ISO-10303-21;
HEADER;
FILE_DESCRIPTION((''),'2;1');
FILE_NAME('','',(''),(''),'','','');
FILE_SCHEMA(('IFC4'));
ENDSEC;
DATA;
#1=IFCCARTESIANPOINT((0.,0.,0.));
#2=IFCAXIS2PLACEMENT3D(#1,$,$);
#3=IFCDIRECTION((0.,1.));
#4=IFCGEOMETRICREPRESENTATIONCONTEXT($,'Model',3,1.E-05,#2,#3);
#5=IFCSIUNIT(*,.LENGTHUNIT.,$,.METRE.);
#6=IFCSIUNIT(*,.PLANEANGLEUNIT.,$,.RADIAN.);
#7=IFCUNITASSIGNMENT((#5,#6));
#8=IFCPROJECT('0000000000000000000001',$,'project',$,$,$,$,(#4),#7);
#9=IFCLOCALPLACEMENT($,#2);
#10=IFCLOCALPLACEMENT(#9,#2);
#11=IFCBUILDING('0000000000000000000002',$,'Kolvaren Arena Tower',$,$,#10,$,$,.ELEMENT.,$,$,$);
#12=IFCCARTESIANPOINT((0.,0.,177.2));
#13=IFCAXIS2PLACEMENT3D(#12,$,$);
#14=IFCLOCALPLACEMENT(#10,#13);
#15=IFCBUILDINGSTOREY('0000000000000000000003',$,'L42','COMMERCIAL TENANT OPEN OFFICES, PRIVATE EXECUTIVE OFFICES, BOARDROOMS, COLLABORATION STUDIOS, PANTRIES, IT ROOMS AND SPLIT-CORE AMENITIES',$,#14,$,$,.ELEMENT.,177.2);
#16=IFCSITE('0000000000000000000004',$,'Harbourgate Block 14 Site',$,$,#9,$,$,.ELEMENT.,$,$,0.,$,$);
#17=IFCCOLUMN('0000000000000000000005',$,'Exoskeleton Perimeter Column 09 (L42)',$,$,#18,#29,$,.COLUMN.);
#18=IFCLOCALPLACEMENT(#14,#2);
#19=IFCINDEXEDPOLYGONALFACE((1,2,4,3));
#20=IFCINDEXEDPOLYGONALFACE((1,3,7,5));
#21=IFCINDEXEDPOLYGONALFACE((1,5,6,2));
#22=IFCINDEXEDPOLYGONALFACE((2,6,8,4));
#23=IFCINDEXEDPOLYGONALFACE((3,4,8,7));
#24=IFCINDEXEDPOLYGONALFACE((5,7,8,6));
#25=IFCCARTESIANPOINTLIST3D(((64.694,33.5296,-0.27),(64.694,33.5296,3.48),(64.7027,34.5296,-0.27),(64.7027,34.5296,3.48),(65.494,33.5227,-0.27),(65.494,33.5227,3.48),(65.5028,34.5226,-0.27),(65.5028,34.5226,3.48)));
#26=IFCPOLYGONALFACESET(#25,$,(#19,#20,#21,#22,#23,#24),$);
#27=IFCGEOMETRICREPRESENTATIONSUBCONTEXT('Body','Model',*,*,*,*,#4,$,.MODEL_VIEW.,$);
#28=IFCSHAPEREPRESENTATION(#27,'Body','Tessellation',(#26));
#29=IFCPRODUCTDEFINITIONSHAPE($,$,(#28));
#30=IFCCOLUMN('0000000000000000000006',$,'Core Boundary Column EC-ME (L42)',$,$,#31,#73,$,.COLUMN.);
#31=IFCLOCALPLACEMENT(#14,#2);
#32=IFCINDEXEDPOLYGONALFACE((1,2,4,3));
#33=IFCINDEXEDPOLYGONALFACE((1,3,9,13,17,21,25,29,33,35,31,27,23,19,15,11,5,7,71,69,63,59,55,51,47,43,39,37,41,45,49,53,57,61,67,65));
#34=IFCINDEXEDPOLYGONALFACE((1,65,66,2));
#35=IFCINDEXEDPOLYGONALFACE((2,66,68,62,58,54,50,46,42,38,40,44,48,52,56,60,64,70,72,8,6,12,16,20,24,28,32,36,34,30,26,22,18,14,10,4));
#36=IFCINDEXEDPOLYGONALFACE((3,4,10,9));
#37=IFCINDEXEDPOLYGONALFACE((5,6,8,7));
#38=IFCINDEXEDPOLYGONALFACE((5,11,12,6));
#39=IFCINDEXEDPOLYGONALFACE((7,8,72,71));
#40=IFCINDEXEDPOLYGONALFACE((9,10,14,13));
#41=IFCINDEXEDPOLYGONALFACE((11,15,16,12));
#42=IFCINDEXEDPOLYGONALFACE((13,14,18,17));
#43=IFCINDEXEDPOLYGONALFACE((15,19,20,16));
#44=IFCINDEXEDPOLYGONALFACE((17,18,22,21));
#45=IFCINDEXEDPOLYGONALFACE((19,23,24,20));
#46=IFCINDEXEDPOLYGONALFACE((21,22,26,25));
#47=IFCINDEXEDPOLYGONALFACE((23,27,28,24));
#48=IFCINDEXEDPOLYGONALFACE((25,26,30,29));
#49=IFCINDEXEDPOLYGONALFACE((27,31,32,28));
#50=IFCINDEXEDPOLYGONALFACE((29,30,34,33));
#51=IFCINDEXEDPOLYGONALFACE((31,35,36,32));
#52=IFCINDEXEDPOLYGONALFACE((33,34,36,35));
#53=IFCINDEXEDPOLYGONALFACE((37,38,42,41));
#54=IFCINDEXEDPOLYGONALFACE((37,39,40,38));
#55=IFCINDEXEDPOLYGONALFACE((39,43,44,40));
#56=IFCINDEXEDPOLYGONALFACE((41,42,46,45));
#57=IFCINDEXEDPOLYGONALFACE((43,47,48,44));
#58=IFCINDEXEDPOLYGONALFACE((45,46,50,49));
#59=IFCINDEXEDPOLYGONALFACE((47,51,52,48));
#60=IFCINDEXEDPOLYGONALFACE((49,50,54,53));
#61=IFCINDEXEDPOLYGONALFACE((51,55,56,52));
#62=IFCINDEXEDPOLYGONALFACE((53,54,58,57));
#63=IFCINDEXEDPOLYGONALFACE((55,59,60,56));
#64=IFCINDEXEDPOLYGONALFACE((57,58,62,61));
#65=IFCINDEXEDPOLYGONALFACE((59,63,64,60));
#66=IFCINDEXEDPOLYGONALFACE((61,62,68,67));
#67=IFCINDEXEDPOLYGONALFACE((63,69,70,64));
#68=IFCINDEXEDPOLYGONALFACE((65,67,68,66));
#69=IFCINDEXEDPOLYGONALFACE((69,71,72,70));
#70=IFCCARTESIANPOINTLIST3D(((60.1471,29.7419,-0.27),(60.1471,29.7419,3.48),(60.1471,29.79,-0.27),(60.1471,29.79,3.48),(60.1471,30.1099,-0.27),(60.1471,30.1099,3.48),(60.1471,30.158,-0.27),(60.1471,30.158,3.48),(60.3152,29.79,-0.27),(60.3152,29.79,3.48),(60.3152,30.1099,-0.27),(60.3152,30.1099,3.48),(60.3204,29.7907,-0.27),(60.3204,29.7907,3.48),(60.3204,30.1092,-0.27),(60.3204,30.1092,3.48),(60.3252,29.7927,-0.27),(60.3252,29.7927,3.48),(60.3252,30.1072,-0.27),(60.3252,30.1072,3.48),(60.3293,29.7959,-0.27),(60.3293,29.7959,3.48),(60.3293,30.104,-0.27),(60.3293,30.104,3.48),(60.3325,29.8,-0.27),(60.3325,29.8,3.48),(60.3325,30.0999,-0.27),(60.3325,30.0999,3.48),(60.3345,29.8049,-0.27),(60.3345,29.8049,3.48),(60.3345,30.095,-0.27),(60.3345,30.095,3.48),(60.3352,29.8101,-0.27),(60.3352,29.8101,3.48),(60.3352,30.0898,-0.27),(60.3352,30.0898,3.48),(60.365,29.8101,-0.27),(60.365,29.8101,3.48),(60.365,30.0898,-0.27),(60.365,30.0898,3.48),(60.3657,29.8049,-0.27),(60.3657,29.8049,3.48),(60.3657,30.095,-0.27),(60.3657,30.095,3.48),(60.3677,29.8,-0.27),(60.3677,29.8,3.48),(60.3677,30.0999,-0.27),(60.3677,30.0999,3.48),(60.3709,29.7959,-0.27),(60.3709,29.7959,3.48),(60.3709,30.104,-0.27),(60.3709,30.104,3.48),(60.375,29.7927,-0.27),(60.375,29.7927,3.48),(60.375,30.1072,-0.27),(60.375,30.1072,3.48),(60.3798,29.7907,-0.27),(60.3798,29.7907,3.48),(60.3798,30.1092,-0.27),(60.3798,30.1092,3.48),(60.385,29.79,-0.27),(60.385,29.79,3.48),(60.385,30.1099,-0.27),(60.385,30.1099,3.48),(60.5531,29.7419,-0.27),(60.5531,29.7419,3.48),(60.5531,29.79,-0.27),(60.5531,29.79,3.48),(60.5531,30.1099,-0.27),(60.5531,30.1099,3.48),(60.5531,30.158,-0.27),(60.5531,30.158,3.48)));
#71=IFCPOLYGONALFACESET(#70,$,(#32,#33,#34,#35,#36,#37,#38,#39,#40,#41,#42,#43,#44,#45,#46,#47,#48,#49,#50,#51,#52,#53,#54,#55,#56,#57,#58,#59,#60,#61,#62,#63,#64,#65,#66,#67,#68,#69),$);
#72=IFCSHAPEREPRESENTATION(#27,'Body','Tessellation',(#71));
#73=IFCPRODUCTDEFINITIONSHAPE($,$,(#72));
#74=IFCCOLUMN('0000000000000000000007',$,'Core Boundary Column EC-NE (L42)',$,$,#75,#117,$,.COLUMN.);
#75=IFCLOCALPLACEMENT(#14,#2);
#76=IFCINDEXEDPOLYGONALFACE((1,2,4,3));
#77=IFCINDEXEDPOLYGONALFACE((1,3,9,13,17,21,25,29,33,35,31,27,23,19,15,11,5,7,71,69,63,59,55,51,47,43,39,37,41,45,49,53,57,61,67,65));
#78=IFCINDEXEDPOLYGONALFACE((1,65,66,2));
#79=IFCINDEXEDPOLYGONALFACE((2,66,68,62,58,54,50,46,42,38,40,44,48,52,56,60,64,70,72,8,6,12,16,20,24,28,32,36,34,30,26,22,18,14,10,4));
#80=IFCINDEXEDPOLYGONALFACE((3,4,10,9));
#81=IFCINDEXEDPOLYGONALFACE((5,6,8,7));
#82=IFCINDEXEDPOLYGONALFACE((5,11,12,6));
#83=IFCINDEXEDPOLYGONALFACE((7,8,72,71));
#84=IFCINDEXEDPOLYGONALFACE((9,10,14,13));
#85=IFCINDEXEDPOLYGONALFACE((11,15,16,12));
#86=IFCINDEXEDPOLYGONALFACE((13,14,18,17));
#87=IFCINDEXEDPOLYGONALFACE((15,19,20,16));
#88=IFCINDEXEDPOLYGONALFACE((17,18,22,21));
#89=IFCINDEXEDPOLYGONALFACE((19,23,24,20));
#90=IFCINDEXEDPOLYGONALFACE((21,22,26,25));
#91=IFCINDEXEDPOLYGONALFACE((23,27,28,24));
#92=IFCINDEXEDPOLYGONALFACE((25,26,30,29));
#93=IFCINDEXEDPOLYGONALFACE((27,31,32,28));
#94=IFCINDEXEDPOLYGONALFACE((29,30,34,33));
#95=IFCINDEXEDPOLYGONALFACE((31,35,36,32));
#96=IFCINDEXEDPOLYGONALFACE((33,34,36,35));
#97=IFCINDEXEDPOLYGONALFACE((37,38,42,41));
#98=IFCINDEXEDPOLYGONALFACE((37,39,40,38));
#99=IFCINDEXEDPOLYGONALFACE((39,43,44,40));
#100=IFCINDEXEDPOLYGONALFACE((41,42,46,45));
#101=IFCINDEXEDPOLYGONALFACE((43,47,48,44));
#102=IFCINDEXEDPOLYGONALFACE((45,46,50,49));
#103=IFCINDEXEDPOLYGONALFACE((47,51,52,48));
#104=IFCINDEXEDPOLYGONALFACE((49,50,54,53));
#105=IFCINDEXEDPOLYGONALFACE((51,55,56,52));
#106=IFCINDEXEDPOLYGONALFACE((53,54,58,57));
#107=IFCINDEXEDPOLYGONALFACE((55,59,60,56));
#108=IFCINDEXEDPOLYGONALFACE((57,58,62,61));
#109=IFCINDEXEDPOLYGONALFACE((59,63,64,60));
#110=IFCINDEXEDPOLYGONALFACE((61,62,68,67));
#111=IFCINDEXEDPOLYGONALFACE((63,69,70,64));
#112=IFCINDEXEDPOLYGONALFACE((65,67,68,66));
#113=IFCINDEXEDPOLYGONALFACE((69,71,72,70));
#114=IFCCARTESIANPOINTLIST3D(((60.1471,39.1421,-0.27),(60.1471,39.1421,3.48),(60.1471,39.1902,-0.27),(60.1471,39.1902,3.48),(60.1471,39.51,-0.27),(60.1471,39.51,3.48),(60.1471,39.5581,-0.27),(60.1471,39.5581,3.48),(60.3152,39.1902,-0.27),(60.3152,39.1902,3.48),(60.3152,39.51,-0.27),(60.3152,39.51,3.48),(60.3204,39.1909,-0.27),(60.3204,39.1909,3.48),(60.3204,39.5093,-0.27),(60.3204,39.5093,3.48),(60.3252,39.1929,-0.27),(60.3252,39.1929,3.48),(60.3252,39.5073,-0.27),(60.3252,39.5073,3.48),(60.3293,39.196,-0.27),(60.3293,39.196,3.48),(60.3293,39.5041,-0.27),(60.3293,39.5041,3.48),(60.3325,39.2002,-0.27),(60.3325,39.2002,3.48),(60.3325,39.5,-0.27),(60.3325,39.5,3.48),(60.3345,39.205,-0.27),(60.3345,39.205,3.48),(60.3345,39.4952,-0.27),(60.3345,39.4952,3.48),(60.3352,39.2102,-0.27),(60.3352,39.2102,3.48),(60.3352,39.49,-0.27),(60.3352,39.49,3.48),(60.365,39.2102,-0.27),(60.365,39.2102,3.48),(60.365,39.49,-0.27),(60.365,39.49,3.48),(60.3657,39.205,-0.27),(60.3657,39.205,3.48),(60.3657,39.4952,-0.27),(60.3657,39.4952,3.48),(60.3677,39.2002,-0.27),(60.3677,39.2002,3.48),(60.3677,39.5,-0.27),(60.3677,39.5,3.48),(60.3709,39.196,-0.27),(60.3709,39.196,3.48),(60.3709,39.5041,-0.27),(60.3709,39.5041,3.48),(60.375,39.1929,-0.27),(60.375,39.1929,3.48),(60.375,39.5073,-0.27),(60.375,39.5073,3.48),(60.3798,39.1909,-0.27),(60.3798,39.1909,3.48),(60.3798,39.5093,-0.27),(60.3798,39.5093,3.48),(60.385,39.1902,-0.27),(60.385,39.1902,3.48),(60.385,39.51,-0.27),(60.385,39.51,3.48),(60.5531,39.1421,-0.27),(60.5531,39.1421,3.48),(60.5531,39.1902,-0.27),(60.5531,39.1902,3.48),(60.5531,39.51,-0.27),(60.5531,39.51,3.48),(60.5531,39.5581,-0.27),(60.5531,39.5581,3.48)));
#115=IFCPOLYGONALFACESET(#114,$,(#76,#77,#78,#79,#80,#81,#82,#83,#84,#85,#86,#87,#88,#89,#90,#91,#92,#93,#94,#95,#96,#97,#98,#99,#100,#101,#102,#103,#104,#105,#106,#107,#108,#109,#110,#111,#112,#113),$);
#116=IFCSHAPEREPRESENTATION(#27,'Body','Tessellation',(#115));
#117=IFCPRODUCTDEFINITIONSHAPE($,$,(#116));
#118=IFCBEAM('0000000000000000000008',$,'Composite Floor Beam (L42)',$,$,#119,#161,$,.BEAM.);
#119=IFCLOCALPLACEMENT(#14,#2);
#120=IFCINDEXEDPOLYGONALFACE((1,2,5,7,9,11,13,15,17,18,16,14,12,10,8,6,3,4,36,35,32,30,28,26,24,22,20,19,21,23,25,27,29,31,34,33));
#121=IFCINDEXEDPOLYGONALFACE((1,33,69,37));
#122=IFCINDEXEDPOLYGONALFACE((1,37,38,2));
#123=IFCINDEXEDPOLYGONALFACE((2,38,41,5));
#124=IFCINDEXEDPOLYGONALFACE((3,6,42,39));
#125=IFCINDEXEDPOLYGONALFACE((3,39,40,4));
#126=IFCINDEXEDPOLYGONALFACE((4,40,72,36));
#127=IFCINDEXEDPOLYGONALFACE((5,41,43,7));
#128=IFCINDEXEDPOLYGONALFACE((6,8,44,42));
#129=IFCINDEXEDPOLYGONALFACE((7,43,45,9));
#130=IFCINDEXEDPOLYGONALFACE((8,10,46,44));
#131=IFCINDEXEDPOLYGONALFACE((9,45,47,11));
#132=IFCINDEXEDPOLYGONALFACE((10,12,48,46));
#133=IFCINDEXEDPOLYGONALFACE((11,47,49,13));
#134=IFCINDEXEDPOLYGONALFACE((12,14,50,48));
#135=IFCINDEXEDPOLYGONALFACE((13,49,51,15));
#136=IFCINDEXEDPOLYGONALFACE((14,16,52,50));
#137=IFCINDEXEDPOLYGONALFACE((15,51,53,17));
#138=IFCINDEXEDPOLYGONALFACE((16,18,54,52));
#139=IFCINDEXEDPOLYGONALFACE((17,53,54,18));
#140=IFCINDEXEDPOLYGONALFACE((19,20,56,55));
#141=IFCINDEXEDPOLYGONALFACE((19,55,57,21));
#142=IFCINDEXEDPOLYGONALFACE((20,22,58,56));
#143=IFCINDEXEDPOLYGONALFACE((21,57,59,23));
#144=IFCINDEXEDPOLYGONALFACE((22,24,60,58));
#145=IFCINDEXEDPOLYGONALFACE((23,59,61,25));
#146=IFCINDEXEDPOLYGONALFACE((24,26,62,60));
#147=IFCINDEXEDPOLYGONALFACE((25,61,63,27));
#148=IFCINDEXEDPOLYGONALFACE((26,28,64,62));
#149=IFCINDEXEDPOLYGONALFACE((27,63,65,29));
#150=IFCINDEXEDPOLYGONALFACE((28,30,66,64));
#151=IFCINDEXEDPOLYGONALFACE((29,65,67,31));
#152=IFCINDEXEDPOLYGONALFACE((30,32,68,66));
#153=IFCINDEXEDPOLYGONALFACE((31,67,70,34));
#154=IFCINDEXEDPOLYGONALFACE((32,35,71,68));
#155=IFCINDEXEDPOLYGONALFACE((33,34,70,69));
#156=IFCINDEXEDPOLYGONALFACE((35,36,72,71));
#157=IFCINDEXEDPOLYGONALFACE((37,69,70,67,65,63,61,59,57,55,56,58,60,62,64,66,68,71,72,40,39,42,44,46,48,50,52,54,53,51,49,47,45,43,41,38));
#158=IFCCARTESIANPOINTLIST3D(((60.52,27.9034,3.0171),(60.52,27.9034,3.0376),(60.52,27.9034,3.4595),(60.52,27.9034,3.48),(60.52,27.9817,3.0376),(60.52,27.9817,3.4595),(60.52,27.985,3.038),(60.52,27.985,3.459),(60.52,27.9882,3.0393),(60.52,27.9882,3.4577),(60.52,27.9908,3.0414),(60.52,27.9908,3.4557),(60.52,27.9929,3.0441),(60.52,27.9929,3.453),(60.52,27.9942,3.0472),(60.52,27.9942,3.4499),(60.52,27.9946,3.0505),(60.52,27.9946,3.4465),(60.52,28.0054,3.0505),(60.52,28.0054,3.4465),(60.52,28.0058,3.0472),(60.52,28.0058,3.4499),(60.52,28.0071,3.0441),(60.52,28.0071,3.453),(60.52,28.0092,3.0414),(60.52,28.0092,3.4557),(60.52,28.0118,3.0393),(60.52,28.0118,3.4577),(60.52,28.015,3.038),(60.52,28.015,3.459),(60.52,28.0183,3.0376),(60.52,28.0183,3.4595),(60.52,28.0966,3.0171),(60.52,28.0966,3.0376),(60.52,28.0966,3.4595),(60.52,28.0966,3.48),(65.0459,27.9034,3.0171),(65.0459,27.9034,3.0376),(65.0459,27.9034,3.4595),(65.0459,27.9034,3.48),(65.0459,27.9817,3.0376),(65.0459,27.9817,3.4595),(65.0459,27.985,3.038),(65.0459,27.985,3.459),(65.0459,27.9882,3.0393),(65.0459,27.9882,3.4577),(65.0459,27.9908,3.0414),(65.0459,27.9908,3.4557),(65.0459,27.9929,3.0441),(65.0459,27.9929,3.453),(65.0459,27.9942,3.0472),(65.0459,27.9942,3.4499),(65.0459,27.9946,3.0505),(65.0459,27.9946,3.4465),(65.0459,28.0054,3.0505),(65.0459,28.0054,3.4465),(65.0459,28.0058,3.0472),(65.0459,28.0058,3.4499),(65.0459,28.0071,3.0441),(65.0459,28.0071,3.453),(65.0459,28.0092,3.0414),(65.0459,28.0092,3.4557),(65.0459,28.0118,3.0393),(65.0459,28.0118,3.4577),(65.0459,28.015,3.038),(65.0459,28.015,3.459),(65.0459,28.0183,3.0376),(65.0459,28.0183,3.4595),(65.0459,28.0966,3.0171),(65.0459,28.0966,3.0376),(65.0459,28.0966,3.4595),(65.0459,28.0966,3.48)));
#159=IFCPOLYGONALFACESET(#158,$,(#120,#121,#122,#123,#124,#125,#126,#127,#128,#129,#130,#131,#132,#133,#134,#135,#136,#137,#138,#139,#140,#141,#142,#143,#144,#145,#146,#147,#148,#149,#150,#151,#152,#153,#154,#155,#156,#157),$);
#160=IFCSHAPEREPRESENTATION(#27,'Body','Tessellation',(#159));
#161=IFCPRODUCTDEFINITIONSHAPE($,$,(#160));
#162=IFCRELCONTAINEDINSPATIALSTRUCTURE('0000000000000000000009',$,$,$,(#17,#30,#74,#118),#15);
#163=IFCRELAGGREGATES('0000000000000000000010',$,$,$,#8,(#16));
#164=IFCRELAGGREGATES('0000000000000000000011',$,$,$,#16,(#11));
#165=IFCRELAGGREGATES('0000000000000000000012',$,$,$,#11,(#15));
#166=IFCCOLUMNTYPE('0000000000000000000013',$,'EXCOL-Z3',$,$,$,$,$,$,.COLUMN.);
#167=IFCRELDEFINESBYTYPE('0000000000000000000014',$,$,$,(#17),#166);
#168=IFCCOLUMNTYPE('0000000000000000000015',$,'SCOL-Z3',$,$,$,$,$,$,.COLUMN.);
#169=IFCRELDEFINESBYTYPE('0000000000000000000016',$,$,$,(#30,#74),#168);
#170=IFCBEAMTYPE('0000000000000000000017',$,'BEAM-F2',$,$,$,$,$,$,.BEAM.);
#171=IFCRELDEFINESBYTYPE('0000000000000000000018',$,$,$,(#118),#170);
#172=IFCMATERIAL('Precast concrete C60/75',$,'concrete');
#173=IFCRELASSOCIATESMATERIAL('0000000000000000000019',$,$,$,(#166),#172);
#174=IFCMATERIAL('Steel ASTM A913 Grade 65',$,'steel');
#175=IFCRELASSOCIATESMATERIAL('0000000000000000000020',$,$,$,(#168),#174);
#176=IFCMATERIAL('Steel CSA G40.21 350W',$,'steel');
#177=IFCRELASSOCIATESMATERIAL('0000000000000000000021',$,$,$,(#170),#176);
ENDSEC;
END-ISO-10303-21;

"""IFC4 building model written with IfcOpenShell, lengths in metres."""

from ifc_helpers import new_model, si_unit, direction, frame, origin, origin_2d, place, context, subcontext, project, spatial, rectangle, i_section, extrude, material, material_profile, profile_set, type_object, element, save


model = new_model("IFC4")

# Units and contexts
model_context = context("Model", 3, precision=1e-05, world=origin(), true_north=direction((0.0, 1.0)))
body_context = subcontext(model_context, "Body", "Model", "MODEL_VIEW")
ifc_project = project(units=[si_unit("LENGTHUNIT", "METRE"), si_unit("PLANEANGLEUNIT", "RADIAN")], contexts=[model_context])

# Site, building, storey
site_placement = place(None, origin())
site = spatial("IfcSite", under=ifc_project, at=site_placement, Name="Harbourgate Block 14 Site", CompositionType="ELEMENT", RefElevation=0.0)
building_placement = place(site_placement, origin())
building = spatial("IfcBuilding", under=site, at=building_placement, Name="Kolvaren Arena Tower", CompositionType="ELEMENT")
storey_placement = place(building_placement, frame((0.0, 0.0, 177.2)))
storey = spatial("IfcBuildingStorey", under=building, at=storey_placement, Name="L42", Description="COMMERCIAL TENANT OPEN OFFICES, PRIVATE EXECUTIVE OFFICES, BOARDROOMS, COLLABORATION STUDIOS, PANTRIES, IT ROOMS AND SPLIT-CORE AMENITIES", CompositionType="ELEMENT", Elevation=177.2)

# Columns
ifc_material_1 = material(Name="Precast concrete C60/75", Category="concrete")
ifc_material_profile_1 = material_profile(ifc_material_1, rectangle(XDim=1.0, YDim=0.8, at=origin_2d()), Name="RC-1000x800")
ifc_profile_set_1 = profile_set([ifc_material_profile_1], Name="Precast concrete C60/75")
column_type_1 = type_object("IfcColumnType", Name="EXCOL-Z3", PredefinedType="COLUMN", material=ifc_profile_set_1)
column_placement = place(storey_placement, frame((65.0984, 34.0261, -0.27), z_axis=(0.0, 0.0, 1.0), x_axis=(0.008727, 0.999962, 0.0)))
element("IfcColumn", 1, at=column_placement, inside=storey, type_object=column_type_1, Name="Exoskeleton Perimeter Column 09 (L42)", PredefinedType="COLUMN", context=body_context, shape_type="SweptSolid", body=[
    extrude(rectangle(XDim=1.0, YDim=0.8, at=origin_2d()), origin(), (0.0, 0.0, 1.0), 3.75),
])
ifc_material_2 = material(Name="Steel ASTM A913 Grade 65", Category="steel")
ifc_material_profile_2 = material_profile(ifc_material_2, i_section(OverallWidth=0.406, OverallDepth=0.416, WebThickness=0.0298, FlangeThickness=0.0481, FilletRadius=0.02, at=origin_2d()), Name="W360x382")
ifc_profile_set_2 = profile_set([ifc_material_profile_2], Name="Steel ASTM A913 Grade 65")
column_type_2 = type_object("IfcColumnType", Name="SCOL-Z3", PredefinedType="COLUMN", material=ifc_profile_set_2)
for number, where, z_axis, x_axis, name in (
    (2, (60.3501, 29.95, -0.27), (0.0, 0.0, 1.0), (1.0, 0.0, 0.0), "Core Boundary Column EC-ME (L42)"),
    (3, (60.3501, 39.3501, -0.27), (0.0, 0.0, 1.0), (1.0, 0.0, 0.0), "Core Boundary Column EC-NE (L42)"),
):
    element("IfcColumn", number, at=place(storey_placement, frame(where, z_axis=z_axis, x_axis=x_axis)), inside=storey, type_object=column_type_2, Name=name, PredefinedType="COLUMN", context=body_context, shape_type="SweptSolid", body=[
        extrude(i_section(OverallWidth=0.406, OverallDepth=0.416, WebThickness=0.0298, FlangeThickness=0.0481, FilletRadius=0.02, at=origin_2d()), origin(), (0.0, 0.0, 1.0), 3.75),
    ])

# Beam
ifc_material_3 = material(Name="Steel CSA G40.21 350W", Category="steel")
ifc_material_profile_3 = material_profile(ifc_material_3, i_section(OverallWidth=0.1931, OverallDepth=0.4629, WebThickness=0.0107, FlangeThickness=0.0205, FilletRadius=0.0129, at=origin_2d()), Name="W460x113")
ifc_profile_set_3 = profile_set([ifc_material_profile_3], Name="Steel CSA G40.21 350W")
beam_type_1 = type_object("IfcBeamType", Name="BEAM-F2", PredefinedType="BEAM", material=ifc_profile_set_3)
beam_1_placement = place(storey_placement, frame((60.52, 28.0, 3.2485), z_axis=(1.0, 0.0, 0.0), x_axis=(0.0, 1.0, 0.0)))
element("IfcBeam", 4, at=beam_1_placement, inside=storey, type_object=beam_type_1, Name="Composite Floor Beam (L42)", PredefinedType="BEAM", context=body_context, shape_type="SweptSolid", body=[
    extrude(i_section(OverallWidth=0.1931, OverallDepth=0.4629, WebThickness=0.0107, FlangeThickness=0.0205, FilletRadius=0.0129, at=origin_2d()), origin(), (0.0, 0.0, 1.0), 4.5259),
])

save(model, "model.ifc")
